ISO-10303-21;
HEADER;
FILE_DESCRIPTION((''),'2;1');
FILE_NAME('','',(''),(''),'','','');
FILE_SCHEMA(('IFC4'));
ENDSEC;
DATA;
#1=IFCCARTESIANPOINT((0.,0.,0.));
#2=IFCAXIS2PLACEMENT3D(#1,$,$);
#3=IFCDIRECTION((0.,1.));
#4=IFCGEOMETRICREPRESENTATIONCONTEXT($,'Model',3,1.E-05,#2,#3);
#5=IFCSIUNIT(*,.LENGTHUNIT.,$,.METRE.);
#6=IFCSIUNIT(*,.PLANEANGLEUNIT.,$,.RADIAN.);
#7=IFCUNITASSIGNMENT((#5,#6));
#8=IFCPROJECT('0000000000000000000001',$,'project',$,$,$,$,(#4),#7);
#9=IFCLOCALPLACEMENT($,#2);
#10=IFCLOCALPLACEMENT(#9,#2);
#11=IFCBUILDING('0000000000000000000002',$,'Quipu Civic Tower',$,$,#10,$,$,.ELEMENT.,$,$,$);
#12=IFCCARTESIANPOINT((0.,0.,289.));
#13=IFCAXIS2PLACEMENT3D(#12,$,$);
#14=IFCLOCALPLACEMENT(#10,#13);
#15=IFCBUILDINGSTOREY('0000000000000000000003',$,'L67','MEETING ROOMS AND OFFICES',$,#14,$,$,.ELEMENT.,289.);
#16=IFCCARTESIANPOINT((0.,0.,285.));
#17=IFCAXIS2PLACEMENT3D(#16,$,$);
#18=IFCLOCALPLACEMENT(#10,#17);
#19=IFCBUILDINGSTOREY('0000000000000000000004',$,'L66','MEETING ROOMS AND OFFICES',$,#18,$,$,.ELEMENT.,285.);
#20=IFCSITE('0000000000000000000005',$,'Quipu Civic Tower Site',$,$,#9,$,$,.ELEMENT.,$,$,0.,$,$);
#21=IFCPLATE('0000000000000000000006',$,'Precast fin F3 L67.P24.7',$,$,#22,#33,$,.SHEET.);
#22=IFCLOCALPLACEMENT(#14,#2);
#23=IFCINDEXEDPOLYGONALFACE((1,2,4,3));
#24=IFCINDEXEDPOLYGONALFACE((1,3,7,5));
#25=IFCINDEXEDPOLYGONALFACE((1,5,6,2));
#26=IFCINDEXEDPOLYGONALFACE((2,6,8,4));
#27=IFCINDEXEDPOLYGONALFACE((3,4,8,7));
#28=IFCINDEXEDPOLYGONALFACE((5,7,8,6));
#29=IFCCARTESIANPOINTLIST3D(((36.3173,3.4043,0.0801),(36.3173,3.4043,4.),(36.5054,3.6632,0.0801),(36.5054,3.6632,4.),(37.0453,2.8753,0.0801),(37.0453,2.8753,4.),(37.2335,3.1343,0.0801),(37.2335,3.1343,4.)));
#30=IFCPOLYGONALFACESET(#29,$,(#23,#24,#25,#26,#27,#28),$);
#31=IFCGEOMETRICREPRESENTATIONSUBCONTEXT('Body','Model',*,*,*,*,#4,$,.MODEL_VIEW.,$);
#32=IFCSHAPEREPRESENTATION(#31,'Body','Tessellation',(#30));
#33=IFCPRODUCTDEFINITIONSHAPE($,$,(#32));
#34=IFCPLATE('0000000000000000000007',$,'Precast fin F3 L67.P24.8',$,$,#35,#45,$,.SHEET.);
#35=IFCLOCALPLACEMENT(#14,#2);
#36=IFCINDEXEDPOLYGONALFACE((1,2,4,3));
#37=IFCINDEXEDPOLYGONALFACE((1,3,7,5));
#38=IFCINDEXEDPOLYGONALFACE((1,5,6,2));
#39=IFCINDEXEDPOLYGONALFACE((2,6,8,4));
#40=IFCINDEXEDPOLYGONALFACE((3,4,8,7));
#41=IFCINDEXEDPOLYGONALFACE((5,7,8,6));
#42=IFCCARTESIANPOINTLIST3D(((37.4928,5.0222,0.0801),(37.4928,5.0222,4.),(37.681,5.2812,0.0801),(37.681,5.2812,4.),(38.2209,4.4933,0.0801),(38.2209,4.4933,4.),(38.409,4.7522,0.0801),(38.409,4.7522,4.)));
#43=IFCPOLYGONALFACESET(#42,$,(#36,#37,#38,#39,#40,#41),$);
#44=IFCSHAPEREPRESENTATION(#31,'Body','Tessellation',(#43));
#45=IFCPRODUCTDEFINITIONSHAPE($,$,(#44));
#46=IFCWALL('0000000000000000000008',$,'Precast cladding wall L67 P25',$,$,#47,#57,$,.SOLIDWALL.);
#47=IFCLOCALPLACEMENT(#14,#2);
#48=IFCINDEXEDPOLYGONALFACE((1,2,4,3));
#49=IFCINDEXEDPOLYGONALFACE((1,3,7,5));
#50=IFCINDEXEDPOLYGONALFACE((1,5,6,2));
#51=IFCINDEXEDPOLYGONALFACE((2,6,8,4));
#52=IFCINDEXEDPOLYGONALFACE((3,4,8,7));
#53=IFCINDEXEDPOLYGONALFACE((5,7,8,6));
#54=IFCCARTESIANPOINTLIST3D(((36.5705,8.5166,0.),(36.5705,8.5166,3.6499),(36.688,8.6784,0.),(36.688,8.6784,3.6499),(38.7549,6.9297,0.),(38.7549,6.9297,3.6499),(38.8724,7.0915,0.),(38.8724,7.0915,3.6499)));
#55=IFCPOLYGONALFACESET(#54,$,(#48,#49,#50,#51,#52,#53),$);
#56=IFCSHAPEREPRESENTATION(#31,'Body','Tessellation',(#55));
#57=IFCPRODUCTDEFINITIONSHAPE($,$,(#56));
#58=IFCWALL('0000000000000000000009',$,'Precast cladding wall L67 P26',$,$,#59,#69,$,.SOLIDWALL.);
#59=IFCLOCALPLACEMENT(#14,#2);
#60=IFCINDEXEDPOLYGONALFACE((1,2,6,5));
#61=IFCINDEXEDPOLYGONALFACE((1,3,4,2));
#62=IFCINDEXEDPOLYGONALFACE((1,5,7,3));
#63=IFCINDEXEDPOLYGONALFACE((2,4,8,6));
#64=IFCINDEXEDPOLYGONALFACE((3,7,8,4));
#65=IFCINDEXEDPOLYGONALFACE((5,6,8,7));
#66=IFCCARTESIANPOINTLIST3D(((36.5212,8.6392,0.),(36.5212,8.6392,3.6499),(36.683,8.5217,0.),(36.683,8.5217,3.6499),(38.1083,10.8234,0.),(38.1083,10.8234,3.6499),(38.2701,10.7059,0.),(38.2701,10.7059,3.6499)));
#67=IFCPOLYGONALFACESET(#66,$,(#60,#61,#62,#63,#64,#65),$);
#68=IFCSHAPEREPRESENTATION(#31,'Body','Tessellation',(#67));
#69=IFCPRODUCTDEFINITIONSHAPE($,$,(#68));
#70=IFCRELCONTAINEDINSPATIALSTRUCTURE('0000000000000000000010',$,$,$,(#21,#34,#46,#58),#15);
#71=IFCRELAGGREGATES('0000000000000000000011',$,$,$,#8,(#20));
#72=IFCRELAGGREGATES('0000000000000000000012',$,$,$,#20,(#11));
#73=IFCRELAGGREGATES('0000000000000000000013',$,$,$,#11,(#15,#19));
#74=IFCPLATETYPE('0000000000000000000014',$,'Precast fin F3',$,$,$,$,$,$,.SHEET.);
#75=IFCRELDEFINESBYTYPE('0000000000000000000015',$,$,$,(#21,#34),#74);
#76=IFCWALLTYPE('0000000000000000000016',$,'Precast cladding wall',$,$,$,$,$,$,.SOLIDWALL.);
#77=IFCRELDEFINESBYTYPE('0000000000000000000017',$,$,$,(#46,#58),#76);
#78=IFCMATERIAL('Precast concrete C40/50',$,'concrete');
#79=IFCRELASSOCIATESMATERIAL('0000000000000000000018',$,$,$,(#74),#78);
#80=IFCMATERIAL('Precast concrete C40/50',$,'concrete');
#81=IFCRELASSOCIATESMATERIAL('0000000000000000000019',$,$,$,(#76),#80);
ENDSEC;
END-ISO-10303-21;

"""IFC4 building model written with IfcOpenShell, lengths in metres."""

from ifc_helpers import new_model, si_unit, direction, frame, frame_2d, origin, origin_2d, place, context, subcontext, project, spatial, rectangle, extrude, material, type_object, element, save


model = new_model("IFC4")

# Units and contexts
model_context = context("Model", 3, precision=1e-05, world=origin(), true_north=direction((0.0, 1.0)))
body_context = subcontext(model_context, "Body", "Model", "MODEL_VIEW")
ifc_project = project(units=[si_unit("LENGTHUNIT", "METRE"), si_unit("PLANEANGLEUNIT", "RADIAN")], contexts=[model_context])

# Site, building, storey
site_placement = place(None, origin())
site = spatial("IfcSite", under=ifc_project, at=site_placement, Name="Quipu Civic Tower Site", CompositionType="ELEMENT", RefElevation=0.0)
building_placement = place(site_placement, origin())
building = spatial("IfcBuilding", under=site, at=building_placement, Name="Quipu Civic Tower", CompositionType="ELEMENT")
storey_1_placement = place(building_placement, frame((0.0, 0.0, 289.0)))
storey_1 = spatial("IfcBuildingStorey", under=building, at=storey_1_placement, Name="L67", Description="MEETING ROOMS AND OFFICES", CompositionType="ELEMENT", Elevation=289.0)

# Shared definitions
storey_2_placement = place(building_placement, frame((0.0, 0.0, 285.0)))
storey_2 = spatial("IfcBuildingStorey", under=building, at=storey_2_placement, Name="L66", Description="MEETING ROOMS AND OFFICES", CompositionType="ELEMENT", Elevation=285.0)

# Plates
ifc_material_1 = material(Name="Precast concrete C40/50", Category="concrete")
plate_type_1 = type_object("IfcPlateType", Name="Precast fin F3", PredefinedType="SHEET", material=ifc_material_1)
for number, where, z_axis, x_axis, name in (
    (1, (36.7754, 3.2693, 0.0801), (0.0, 0.0, 1.0), (0.587787, 0.809016, 0.0), "Precast fin F3 L67.P24.7"),
    (2, (37.9509, 4.8872, 0.0801), (0.0, 0.0, 1.0), (0.587787, 0.809016, 0.0), "Precast fin F3 L67.P24.8"),
):
    element("IfcPlate", number, at=place(storey_1_placement, frame(where, z_axis=z_axis, x_axis=x_axis)), inside=storey_1, type_object=plate_type_1, Name=name, PredefinedType="SHEET", context=body_context, shape_type="SweptSolid", body=[
        extrude(rectangle(XDim=0.3201, YDim=0.8999, at=origin_2d()), origin(), (0.0, 0.0, 1.0), 3.9199),
    ])

# Walls
ifc_material_2 = material(Name="Precast concrete C40/50", Category="concrete")
wall_type = type_object("IfcWallType", Name="Precast cladding wall", PredefinedType="SOLIDWALL", material=ifc_material_2)
for number, where, z_axis, x_axis, name in (
    (3, (38.8137, 7.0105, 0.0), (0.0, 0.0, 1.0), (-0.809033, 0.587763, 0.0), "Precast cladding wall L67 P25"),
    (4, (36.6021, 8.5803, 0.0), (0.0, 0.0, 1.0), (0.587822, 0.80899, 0.0), "Precast cladding wall L67 P26"),
):
    element("IfcWall", number, at=place(storey_1_placement, frame(where, z_axis=z_axis, x_axis=x_axis)), inside=storey_1, type_object=wall_type, Name=name, PredefinedType="SOLIDWALL", context=body_context, shape_type="SweptSolid", body=[
        extrude(rectangle(XDim=2.7, YDim=0.2, at=frame_2d((1.3501, 0.0))), origin(), (0.0, 0.0, 1.0), 3.6499),
    ])

save(model, "model.ifc")
